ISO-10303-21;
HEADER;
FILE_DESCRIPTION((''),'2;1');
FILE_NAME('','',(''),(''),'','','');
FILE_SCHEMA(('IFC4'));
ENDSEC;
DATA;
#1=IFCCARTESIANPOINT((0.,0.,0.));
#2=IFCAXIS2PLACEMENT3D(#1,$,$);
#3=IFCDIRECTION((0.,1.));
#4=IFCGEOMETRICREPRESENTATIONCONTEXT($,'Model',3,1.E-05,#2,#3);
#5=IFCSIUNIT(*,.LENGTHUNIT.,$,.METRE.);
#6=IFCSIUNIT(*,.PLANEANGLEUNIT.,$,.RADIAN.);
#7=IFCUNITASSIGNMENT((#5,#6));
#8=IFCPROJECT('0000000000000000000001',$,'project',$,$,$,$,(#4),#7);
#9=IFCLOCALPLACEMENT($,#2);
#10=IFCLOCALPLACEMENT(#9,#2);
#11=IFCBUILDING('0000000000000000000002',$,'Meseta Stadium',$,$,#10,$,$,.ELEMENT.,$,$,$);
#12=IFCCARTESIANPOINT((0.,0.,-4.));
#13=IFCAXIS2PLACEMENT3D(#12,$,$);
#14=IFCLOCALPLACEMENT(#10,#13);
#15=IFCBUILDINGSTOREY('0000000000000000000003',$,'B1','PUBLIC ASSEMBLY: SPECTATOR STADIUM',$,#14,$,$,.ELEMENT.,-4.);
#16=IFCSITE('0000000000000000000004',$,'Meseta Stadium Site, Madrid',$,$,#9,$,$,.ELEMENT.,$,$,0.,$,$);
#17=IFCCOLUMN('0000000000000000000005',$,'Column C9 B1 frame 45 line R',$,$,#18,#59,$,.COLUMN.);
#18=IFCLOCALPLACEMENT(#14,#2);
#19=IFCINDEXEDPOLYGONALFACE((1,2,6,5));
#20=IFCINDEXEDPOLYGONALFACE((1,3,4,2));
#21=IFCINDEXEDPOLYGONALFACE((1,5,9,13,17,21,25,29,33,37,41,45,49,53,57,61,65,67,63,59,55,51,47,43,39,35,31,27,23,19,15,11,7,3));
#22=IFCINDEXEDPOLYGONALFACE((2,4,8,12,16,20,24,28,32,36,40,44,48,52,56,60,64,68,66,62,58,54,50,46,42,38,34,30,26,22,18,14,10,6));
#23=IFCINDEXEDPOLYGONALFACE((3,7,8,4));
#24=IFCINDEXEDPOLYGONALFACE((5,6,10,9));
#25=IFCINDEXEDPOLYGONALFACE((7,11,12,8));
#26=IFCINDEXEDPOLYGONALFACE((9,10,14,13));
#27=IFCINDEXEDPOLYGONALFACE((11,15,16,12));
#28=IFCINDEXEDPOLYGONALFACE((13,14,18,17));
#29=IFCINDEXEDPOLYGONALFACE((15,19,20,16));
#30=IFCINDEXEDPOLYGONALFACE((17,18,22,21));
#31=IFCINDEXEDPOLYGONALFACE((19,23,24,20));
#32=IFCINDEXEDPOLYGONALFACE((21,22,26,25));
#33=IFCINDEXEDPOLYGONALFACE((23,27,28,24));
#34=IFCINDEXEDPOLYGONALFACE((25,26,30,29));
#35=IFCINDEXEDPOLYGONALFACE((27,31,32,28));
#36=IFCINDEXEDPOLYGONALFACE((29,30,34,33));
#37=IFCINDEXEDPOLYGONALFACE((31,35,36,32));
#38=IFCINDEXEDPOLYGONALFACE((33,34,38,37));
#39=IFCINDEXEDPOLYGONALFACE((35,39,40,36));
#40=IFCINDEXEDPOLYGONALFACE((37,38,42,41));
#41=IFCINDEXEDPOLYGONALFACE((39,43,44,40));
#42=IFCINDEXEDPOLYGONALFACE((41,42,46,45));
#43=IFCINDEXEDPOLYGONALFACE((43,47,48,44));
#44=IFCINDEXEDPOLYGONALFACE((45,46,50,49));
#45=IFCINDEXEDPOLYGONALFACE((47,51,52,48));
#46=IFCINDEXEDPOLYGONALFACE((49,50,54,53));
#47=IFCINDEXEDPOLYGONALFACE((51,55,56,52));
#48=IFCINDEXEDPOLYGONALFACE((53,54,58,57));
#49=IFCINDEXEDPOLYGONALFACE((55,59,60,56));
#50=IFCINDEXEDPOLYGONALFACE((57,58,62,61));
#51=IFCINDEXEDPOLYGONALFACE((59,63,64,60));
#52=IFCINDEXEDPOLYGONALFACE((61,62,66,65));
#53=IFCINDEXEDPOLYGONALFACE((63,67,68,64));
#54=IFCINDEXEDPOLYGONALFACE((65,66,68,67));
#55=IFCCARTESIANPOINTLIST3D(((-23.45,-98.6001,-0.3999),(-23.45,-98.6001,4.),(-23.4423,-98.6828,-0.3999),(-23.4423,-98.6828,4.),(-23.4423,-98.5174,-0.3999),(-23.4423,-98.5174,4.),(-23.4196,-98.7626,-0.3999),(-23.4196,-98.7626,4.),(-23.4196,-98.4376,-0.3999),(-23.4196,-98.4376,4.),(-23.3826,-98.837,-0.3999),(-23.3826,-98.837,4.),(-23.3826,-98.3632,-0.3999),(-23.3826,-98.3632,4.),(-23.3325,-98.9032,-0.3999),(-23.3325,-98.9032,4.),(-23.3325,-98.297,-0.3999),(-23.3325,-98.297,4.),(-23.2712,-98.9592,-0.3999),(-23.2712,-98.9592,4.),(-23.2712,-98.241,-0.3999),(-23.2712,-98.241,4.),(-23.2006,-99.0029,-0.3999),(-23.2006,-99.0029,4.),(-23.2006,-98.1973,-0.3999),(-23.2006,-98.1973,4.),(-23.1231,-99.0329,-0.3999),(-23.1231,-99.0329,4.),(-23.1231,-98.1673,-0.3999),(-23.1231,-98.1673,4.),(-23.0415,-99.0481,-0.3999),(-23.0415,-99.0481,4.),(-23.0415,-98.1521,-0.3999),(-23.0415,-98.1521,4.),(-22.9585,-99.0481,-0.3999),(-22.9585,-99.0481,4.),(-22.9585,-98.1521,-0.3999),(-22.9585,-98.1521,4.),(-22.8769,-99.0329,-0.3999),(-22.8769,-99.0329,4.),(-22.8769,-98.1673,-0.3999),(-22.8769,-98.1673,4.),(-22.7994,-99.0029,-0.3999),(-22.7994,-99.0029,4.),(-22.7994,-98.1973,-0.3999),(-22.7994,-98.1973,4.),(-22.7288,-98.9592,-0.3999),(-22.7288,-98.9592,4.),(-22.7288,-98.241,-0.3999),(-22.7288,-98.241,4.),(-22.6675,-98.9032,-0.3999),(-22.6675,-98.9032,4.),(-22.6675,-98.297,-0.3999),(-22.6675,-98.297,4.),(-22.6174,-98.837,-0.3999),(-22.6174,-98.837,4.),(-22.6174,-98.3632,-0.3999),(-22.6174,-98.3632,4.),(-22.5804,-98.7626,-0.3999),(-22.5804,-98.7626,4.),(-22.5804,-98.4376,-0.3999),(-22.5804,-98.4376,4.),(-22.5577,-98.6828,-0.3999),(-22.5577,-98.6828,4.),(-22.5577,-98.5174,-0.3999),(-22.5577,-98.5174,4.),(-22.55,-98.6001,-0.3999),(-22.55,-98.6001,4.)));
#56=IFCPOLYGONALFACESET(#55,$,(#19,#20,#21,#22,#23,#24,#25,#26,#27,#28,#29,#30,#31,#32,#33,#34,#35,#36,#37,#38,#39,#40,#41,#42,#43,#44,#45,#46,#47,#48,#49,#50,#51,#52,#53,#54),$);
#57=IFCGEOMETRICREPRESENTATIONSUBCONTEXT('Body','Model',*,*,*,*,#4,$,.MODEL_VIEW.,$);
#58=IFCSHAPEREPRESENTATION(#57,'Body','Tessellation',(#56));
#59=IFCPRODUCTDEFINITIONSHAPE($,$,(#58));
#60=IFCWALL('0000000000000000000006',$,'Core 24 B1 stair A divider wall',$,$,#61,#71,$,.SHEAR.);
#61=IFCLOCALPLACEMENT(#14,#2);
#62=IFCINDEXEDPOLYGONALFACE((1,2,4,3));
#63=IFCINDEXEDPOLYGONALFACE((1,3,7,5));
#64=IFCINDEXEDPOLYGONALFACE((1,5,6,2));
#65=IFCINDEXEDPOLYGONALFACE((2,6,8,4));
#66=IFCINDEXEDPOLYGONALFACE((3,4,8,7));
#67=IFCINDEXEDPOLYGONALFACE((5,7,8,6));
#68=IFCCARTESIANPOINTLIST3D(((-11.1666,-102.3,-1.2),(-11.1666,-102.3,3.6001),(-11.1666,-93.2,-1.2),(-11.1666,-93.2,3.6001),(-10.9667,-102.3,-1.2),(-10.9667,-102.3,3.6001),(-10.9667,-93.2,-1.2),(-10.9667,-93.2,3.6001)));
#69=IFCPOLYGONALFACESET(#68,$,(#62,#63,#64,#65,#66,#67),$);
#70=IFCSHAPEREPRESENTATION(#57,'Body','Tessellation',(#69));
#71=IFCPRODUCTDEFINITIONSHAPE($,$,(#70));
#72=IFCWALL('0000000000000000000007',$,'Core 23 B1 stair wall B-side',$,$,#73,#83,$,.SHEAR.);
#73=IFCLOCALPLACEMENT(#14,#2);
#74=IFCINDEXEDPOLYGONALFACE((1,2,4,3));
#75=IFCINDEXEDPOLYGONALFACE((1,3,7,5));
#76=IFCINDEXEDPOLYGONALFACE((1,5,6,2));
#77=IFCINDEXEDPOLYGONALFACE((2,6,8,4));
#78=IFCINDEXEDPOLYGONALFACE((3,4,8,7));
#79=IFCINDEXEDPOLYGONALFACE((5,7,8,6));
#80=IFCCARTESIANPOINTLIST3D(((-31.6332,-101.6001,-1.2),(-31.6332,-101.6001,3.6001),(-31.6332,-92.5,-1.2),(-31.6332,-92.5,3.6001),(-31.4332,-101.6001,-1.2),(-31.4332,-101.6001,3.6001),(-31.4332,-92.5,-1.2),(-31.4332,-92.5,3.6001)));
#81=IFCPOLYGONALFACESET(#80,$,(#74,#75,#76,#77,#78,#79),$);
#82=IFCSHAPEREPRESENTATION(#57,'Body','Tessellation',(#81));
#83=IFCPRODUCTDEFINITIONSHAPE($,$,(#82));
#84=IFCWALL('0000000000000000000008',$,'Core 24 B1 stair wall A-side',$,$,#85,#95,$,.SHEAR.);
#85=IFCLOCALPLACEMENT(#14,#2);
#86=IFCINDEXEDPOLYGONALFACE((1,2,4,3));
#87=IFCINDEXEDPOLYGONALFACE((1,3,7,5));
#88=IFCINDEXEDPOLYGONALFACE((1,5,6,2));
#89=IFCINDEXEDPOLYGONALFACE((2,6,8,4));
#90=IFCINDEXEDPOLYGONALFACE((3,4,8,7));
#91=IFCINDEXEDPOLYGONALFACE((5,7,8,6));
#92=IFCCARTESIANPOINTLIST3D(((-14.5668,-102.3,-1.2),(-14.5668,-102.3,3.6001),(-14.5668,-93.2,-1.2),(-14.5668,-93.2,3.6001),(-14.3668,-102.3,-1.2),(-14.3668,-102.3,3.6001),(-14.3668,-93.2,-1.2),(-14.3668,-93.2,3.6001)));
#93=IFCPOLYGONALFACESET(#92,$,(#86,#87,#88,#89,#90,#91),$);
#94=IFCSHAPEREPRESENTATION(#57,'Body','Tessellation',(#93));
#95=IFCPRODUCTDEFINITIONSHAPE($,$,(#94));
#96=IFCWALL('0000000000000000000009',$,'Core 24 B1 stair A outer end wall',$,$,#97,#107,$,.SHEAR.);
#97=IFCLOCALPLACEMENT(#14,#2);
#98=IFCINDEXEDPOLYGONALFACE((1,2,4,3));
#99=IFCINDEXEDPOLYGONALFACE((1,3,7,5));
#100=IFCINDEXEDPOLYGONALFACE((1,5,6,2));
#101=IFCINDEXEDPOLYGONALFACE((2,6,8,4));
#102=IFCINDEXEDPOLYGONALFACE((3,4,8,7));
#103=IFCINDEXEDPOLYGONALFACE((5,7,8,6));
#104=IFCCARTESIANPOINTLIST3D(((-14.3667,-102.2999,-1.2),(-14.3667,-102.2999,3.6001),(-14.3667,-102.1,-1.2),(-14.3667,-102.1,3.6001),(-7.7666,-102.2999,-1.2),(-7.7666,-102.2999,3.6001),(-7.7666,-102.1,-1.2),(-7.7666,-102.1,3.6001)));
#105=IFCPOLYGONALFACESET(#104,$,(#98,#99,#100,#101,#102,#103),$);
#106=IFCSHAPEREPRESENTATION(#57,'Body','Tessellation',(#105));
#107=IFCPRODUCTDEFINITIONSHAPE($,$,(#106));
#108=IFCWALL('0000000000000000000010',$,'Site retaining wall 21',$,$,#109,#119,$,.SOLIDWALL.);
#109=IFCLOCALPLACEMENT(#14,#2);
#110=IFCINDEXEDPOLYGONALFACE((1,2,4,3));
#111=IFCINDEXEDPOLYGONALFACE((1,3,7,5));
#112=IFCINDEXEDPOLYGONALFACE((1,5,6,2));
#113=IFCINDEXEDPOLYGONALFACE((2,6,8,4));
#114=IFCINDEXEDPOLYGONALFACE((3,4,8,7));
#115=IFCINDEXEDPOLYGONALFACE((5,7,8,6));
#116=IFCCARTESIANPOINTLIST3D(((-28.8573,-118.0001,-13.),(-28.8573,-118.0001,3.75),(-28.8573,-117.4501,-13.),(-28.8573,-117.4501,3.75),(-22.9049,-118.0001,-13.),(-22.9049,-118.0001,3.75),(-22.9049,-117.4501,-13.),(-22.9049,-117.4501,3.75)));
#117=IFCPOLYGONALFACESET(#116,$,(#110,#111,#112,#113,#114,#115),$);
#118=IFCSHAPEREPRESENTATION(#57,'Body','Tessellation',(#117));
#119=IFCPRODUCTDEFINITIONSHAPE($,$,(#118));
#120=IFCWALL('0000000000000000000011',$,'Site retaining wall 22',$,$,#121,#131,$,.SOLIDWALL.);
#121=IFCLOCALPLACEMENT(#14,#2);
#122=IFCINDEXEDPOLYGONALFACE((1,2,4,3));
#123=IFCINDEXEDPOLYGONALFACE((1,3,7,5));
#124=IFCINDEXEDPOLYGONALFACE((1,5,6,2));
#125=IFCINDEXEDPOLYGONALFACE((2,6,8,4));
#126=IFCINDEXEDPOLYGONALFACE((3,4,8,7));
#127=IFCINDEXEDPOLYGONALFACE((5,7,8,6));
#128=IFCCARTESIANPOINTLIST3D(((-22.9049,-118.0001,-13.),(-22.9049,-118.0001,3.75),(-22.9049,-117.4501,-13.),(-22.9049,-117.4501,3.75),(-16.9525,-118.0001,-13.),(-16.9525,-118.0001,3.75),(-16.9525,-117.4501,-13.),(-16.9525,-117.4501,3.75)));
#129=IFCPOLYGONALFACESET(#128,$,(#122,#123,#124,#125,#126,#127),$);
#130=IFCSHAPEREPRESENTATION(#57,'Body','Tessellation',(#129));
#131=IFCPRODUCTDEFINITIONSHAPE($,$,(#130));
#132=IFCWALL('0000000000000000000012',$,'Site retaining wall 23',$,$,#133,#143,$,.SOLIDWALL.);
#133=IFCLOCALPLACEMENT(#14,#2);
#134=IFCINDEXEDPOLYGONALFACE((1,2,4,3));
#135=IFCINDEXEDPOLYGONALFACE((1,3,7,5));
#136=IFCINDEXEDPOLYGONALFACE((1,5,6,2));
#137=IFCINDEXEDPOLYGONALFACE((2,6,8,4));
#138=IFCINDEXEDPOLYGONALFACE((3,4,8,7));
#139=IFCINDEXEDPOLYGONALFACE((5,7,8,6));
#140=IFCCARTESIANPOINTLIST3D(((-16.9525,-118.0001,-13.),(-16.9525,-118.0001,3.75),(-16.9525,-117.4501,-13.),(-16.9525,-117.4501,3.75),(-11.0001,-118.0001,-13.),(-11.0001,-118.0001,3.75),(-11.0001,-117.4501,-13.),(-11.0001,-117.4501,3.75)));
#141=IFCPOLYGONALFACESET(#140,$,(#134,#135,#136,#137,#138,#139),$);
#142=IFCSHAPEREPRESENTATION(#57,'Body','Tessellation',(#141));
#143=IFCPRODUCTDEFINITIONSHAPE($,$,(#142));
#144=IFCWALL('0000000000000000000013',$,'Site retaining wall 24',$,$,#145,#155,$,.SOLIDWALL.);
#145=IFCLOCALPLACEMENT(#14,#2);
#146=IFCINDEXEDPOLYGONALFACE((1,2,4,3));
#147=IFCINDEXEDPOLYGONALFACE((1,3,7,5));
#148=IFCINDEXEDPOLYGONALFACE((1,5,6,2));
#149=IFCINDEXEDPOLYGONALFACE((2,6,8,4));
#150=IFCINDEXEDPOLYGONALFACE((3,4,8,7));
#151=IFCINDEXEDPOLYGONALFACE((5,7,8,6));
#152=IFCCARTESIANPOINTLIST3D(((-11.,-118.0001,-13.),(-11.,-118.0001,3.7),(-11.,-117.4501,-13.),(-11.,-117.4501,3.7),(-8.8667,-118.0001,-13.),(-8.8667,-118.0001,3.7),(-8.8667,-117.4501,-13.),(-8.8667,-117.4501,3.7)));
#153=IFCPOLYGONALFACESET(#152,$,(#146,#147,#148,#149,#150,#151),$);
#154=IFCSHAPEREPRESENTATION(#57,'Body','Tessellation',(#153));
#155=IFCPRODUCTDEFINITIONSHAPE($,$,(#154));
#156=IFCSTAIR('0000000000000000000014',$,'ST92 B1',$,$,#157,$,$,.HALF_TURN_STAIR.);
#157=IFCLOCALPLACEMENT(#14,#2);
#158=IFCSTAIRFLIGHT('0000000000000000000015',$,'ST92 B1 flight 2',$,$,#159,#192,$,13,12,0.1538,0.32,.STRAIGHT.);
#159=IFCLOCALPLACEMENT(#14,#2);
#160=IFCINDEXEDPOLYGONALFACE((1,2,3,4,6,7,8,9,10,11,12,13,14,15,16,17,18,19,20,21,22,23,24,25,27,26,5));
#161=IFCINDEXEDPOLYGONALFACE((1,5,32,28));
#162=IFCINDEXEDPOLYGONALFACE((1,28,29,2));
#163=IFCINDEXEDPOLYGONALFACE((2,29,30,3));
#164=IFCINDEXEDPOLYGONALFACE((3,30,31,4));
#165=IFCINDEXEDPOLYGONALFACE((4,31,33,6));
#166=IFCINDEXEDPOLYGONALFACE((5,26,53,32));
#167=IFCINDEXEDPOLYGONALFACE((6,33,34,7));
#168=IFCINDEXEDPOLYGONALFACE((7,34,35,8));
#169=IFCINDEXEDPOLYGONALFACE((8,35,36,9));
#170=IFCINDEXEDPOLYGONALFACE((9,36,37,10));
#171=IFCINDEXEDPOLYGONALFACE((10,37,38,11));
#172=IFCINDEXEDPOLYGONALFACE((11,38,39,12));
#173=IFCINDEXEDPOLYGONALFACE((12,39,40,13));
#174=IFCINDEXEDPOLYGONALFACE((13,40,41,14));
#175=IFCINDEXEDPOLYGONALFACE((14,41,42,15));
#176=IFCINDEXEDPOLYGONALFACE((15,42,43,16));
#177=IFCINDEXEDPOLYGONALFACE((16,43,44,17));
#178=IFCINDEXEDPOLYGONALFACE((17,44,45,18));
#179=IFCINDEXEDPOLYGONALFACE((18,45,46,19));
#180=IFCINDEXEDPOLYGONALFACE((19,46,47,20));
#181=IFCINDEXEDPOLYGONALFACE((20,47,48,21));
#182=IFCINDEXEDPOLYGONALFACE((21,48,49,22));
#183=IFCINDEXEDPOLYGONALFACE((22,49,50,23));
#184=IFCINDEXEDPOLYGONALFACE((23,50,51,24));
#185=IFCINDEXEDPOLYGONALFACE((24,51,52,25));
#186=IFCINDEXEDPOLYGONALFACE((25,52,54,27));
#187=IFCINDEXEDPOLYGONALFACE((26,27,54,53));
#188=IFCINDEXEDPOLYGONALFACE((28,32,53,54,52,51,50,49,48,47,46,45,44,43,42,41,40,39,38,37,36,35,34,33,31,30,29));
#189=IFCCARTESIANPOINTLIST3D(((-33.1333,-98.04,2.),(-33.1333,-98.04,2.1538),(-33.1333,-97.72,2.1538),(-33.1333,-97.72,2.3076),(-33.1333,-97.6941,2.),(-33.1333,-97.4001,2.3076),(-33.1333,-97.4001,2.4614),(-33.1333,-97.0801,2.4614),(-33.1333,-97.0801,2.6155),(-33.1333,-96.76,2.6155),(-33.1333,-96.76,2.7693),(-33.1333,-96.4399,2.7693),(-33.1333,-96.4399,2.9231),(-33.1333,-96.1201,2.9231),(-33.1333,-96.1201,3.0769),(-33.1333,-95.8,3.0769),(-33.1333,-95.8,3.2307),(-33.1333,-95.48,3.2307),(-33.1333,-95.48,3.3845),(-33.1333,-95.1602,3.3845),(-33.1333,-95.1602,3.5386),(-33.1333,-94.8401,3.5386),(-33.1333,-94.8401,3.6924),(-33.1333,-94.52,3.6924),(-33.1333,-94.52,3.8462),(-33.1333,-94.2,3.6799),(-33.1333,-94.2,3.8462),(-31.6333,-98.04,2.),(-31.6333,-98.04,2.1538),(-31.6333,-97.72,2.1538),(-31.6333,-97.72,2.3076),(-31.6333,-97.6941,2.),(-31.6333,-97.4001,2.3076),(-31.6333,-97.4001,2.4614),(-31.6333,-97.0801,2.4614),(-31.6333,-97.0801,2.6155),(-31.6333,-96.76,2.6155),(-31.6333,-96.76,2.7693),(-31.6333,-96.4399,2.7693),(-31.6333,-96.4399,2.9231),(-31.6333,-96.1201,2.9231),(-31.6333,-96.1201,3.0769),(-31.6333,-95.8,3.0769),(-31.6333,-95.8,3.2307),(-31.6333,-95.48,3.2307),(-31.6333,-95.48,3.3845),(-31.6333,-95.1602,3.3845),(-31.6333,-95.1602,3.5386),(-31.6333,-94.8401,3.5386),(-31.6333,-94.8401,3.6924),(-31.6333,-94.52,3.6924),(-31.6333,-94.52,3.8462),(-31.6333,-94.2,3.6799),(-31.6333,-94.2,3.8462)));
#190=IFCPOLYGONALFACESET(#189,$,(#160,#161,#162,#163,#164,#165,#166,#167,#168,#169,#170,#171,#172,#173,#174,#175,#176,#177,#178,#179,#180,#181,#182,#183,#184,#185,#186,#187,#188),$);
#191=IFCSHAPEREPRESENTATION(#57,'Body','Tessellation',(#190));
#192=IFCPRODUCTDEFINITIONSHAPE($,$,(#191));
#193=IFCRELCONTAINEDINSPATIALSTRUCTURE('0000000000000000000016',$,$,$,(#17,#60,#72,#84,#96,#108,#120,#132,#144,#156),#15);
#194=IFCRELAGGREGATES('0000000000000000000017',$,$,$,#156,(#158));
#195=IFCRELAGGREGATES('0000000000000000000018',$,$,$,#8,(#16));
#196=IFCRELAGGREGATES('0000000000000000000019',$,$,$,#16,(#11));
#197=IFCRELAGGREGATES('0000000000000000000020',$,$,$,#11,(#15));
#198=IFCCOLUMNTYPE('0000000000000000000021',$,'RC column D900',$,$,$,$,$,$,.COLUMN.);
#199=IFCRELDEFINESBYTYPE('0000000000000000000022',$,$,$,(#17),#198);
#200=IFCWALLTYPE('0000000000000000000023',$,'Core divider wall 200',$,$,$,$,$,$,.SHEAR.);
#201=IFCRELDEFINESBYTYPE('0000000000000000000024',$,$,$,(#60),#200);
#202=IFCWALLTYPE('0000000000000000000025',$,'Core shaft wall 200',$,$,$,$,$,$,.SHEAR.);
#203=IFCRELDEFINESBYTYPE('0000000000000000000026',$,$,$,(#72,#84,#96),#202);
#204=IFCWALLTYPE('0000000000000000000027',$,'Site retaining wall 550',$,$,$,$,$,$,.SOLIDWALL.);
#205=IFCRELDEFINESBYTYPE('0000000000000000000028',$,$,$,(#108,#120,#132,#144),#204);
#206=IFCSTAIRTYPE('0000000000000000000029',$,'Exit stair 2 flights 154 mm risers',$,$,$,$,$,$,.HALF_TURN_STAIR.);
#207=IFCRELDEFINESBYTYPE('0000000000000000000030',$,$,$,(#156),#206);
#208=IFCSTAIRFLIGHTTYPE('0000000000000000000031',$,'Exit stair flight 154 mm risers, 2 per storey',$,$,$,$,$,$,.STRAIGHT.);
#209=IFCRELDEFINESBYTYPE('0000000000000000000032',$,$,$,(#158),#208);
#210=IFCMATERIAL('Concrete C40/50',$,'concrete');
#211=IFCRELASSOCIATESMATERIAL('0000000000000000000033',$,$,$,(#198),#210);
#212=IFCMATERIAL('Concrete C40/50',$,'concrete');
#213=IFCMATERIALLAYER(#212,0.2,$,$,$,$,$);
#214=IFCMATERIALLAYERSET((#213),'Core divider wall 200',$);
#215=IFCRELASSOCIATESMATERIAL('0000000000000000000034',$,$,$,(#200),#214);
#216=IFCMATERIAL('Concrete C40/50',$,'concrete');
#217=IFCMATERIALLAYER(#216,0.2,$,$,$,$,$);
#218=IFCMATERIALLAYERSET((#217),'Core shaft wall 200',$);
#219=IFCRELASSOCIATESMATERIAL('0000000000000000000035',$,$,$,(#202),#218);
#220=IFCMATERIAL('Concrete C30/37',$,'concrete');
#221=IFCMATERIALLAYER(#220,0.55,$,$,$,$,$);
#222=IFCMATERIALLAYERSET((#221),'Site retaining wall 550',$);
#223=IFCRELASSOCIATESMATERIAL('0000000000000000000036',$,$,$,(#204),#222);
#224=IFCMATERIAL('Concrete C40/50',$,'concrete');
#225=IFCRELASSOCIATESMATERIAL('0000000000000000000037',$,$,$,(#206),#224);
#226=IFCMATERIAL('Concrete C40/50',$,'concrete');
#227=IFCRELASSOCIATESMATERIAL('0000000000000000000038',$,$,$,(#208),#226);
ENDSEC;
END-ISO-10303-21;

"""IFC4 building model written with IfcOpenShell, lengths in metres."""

from ifc_helpers import new_model, si_unit, direction, frame, frame_2d, origin, origin_2d, place, context, subcontext, project, spatial, polyline, rectangle, circle, outline, extrude, material, layer, layer_set, material_profile, profile_set, type_object, element, aggregate, save


model = new_model("IFC4")

# Units and contexts
model_context = context("Model", 3, precision=1e-05, world=origin(), true_north=direction((0.0, 1.0)))
body_context = subcontext(model_context, "Body", "Model", "MODEL_VIEW")
ifc_project = project(units=[si_unit("LENGTHUNIT", "METRE"), si_unit("PLANEANGLEUNIT", "RADIAN")], contexts=[model_context])

# Site, building, storey
site_placement = place(None, origin())
site = spatial("IfcSite", under=ifc_project, at=site_placement, Name="Meseta Stadium Site, Madrid", CompositionType="ELEMENT", RefElevation=0.0)
building_placement = place(site_placement, origin())
building = spatial("IfcBuilding", under=site, at=building_placement, Name="Meseta Stadium", CompositionType="ELEMENT")
storey_placement = place(building_placement, frame((0.0, 0.0, -4.0)))
storey = spatial("IfcBuildingStorey", under=building, at=storey_placement, Name="B1", Description="PUBLIC ASSEMBLY: SPECTATOR STADIUM", CompositionType="ELEMENT", Elevation=-4.0)

# Column
ifc_material_1 = material(Name="Concrete C40/50", Category="concrete")
ifc_material_profile = material_profile(ifc_material_1, circle(Radius=0.45, at=origin_2d()), Name="RC D900")
ifc_profile_set = profile_set([ifc_material_profile], Name="Concrete C40/50")
column_type = type_object("IfcColumnType", Name="RC column D900", PredefinedType="COLUMN", material=ifc_profile_set)
column_placement = place(storey_placement, frame((-23.0, -98.6001, -0.3999), z_axis=(0.0, 0.0, 1.0), x_axis=(1.0, 0.0, 0.0)))
element("IfcColumn", 1, at=column_placement, inside=storey, type_object=column_type, Name="Column C9 B1 frame 45 line R", PredefinedType="COLUMN", context=body_context, shape_type="SweptSolid", body=[
    extrude(circle(Radius=0.45, at=origin_2d()), origin(), (0.0, 0.0, 1.0), 4.3999),
])

# Walls
ifc_material_2 = material(Name="Concrete C40/50", Category="concrete")
ifc_layer_1 = layer(ifc_material_2, 0.2)
ifc_layer_set_1 = layer_set([ifc_layer_1], Name="Core divider wall 200")
wall_type_1 = type_object("IfcWallType", Name="Core divider wall 200", PredefinedType="SHEAR", material=ifc_layer_set_1)
wall_1_placement = place(storey_placement, frame((-11.0667, -102.3, -1.2), z_axis=(0.0, 0.0, 1.0), x_axis=(0.0, 1.0, 0.0)))
element("IfcWall", 2, at=wall_1_placement, inside=storey, type_object=wall_type_1, Name="Core 24 B1 stair A divider wall", PredefinedType="SHEAR", context=body_context, shape_type="SweptSolid", body=[
    extrude(rectangle(XDim=9.1001, YDim=0.2, at=frame_2d((4.55, 0.0))), origin(), (0.0, 0.0, 1.0), 4.8),
])
ifc_material_3 = material(Name="Concrete C40/50", Category="concrete")
ifc_layer_2 = layer(ifc_material_3, 0.2)
ifc_layer_set_2 = layer_set([ifc_layer_2], Name="Core shaft wall 200")
wall_type_2 = type_object("IfcWallType", Name="Core shaft wall 200", PredefinedType="SHEAR", material=ifc_layer_set_2)
for number, where, z_axis, x_axis, name in (
    (3, (-31.5332, -101.6001, -1.2), (0.0, 0.0, 1.0), (0.0, 1.0, 0.0), "Core 23 B1 stair wall B-side"),
    (4, (-14.4668, -102.3, -1.2), (0.0, 0.0, 1.0), (0.0, 1.0, 0.0), "Core 24 B1 stair wall A-side"),
):
    element("IfcWall", number, at=place(storey_placement, frame(where, z_axis=z_axis, x_axis=x_axis)), inside=storey, type_object=wall_type_2, Name=name, PredefinedType="SHEAR", context=body_context, shape_type="SweptSolid", body=[
        extrude(rectangle(XDim=9.1001, YDim=0.2, at=frame_2d((4.55, 0.0))), origin(), (0.0, 0.0, 1.0), 4.8),
    ])
wall_2_placement = place(storey_placement, frame((-14.3667, -102.2, -1.2), z_axis=(0.0, 0.0, 1.0), x_axis=(1.0, 0.0, 0.0)))
element("IfcWall", 5, at=wall_2_placement, inside=storey, type_object=wall_type_2, Name="Core 24 B1 stair A outer end wall", PredefinedType="SHEAR", context=body_context, shape_type="SweptSolid", body=[
    extrude(rectangle(XDim=6.6001, YDim=0.2, at=frame_2d((3.3, 0.0))), origin(), (0.0, 0.0, 1.0), 4.8),
])
ifc_material_4 = material(Name="Concrete C30/37", Category="concrete")
ifc_layer_3 = layer(ifc_material_4, 0.55)
ifc_layer_set_3 = layer_set([ifc_layer_3], Name="Site retaining wall 550")
wall_type_3 = type_object("IfcWallType", Name="Site retaining wall 550", PredefinedType="SOLIDWALL", material=ifc_layer_set_3)
for number, where, z_axis, x_axis, name in (
    (6, (-28.8572, -117.7251, -13.0), (0.0, 0.0, 1.0), (1.0, 0.0, 0.0), "Site retaining wall 21"),
    (7, (-22.9048, -117.7251, -13.0), (0.0, 0.0, 1.0), (1.0, 0.0, 0.0), "Site retaining wall 22"),
    (8, (-16.9524, -117.7251, -13.0), (0.0, 0.0, 1.0), (1.0, 0.0, 0.0), "Site retaining wall 23"),
):
    element("IfcWall", number, at=place(storey_placement, frame(where, z_axis=z_axis, x_axis=x_axis)), inside=storey, type_object=wall_type_3, Name=name, PredefinedType="SOLIDWALL", context=body_context, shape_type="SweptSolid", body=[
        extrude(rectangle(XDim=5.9524, YDim=0.55, at=frame_2d((2.9761, 0.0))), origin(), (0.0, 0.0, 1.0), 16.75),
    ])
wall_3_placement = place(storey_placement, frame((-11.0, -117.7251, -13.0), z_axis=(0.0, 0.0, 1.0), x_axis=(1.0, 0.0, 0.0)))
element("IfcWall", 9, at=wall_3_placement, inside=storey, type_object=wall_type_3, Name="Site retaining wall 24", PredefinedType="SOLIDWALL", context=body_context, shape_type="SweptSolid", body=[
    extrude(rectangle(XDim=2.1333, YDim=0.55, at=frame_2d((1.0667, 0.0))), origin(), (0.0, 0.0, 1.0), 16.7),
])

# Stair, stair flight
ifc_material_5 = material(Name="Concrete C40/50", Category="concrete")
stair_type = type_object("IfcStairType", Name="Exit stair 2 flights 154 mm risers", PredefinedType="HALF_TURN_STAIR", material=ifc_material_5)
stair_1_placement = place(storey_placement, origin())
stair_1 = element("IfcStair", 10, at=stair_1_placement, inside=storey, type_object=stair_type, Name="ST92 B1", PredefinedType="HALF_TURN_STAIR")
ifc_material_6 = material(Name="Concrete C40/50", Category="concrete")
stair_flight_type = type_object("IfcStairFlightType", Name="Exit stair flight 154 mm risers, 2 per storey", PredefinedType="STRAIGHT", material=ifc_material_6)
stair_flight_1_placement = place(storey_placement, frame((-32.3833, -98.04, 2.0), z_axis=(0.0, 0.0, 1.0), x_axis=(0.0, 1.0, 0.0)))
stair_flight_1 = element("IfcStairFlight", 11, at=stair_flight_1_placement, type_object=stair_flight_type, Name="ST92 B1 flight 2", NumberOfRisers=13, NumberOfTreads=12, PredefinedType="STRAIGHT", RiserHeight=0.1538, TreadLength=0.32, context=body_context, shape_type="SweptSolid", body=[
    extrude(outline(polyline([(0.0, 0.0), (0.0, 0.1538), (0.3201, 0.1538), (0.3201, 0.3076), (0.6399, 0.3076), (0.6399, 0.4614), (0.96, 0.4614), (0.96, 0.6155), (1.28, 0.6155), (1.28, 0.7693), (1.6001, 0.7693), (1.6001, 0.9231), (1.9199, 0.9231), (1.9199, 1.0769), (2.24, 1.0769), (2.24, 1.2307), (2.5601, 1.2307), (2.5601, 1.3845), (2.8799, 1.3845), (2.8799, 1.5386), (3.2, 1.5386), (3.2, 1.6924), (3.52, 1.6924), (3.52, 1.8462), (3.8401, 1.8462), (3.8401, 1.6799), (0.3459, 0.0), (0.0, 0.0)])), frame((0.0, 0.75, 0.0), z_axis=(0.0, -1.0, 0.0), x_axis=(1.0, 0.0, 0.0)), (0.0, 0.0, 1.0), 1.5),
])
aggregate(stair_1, [stair_flight_1])

save(model, "model.ifc")
